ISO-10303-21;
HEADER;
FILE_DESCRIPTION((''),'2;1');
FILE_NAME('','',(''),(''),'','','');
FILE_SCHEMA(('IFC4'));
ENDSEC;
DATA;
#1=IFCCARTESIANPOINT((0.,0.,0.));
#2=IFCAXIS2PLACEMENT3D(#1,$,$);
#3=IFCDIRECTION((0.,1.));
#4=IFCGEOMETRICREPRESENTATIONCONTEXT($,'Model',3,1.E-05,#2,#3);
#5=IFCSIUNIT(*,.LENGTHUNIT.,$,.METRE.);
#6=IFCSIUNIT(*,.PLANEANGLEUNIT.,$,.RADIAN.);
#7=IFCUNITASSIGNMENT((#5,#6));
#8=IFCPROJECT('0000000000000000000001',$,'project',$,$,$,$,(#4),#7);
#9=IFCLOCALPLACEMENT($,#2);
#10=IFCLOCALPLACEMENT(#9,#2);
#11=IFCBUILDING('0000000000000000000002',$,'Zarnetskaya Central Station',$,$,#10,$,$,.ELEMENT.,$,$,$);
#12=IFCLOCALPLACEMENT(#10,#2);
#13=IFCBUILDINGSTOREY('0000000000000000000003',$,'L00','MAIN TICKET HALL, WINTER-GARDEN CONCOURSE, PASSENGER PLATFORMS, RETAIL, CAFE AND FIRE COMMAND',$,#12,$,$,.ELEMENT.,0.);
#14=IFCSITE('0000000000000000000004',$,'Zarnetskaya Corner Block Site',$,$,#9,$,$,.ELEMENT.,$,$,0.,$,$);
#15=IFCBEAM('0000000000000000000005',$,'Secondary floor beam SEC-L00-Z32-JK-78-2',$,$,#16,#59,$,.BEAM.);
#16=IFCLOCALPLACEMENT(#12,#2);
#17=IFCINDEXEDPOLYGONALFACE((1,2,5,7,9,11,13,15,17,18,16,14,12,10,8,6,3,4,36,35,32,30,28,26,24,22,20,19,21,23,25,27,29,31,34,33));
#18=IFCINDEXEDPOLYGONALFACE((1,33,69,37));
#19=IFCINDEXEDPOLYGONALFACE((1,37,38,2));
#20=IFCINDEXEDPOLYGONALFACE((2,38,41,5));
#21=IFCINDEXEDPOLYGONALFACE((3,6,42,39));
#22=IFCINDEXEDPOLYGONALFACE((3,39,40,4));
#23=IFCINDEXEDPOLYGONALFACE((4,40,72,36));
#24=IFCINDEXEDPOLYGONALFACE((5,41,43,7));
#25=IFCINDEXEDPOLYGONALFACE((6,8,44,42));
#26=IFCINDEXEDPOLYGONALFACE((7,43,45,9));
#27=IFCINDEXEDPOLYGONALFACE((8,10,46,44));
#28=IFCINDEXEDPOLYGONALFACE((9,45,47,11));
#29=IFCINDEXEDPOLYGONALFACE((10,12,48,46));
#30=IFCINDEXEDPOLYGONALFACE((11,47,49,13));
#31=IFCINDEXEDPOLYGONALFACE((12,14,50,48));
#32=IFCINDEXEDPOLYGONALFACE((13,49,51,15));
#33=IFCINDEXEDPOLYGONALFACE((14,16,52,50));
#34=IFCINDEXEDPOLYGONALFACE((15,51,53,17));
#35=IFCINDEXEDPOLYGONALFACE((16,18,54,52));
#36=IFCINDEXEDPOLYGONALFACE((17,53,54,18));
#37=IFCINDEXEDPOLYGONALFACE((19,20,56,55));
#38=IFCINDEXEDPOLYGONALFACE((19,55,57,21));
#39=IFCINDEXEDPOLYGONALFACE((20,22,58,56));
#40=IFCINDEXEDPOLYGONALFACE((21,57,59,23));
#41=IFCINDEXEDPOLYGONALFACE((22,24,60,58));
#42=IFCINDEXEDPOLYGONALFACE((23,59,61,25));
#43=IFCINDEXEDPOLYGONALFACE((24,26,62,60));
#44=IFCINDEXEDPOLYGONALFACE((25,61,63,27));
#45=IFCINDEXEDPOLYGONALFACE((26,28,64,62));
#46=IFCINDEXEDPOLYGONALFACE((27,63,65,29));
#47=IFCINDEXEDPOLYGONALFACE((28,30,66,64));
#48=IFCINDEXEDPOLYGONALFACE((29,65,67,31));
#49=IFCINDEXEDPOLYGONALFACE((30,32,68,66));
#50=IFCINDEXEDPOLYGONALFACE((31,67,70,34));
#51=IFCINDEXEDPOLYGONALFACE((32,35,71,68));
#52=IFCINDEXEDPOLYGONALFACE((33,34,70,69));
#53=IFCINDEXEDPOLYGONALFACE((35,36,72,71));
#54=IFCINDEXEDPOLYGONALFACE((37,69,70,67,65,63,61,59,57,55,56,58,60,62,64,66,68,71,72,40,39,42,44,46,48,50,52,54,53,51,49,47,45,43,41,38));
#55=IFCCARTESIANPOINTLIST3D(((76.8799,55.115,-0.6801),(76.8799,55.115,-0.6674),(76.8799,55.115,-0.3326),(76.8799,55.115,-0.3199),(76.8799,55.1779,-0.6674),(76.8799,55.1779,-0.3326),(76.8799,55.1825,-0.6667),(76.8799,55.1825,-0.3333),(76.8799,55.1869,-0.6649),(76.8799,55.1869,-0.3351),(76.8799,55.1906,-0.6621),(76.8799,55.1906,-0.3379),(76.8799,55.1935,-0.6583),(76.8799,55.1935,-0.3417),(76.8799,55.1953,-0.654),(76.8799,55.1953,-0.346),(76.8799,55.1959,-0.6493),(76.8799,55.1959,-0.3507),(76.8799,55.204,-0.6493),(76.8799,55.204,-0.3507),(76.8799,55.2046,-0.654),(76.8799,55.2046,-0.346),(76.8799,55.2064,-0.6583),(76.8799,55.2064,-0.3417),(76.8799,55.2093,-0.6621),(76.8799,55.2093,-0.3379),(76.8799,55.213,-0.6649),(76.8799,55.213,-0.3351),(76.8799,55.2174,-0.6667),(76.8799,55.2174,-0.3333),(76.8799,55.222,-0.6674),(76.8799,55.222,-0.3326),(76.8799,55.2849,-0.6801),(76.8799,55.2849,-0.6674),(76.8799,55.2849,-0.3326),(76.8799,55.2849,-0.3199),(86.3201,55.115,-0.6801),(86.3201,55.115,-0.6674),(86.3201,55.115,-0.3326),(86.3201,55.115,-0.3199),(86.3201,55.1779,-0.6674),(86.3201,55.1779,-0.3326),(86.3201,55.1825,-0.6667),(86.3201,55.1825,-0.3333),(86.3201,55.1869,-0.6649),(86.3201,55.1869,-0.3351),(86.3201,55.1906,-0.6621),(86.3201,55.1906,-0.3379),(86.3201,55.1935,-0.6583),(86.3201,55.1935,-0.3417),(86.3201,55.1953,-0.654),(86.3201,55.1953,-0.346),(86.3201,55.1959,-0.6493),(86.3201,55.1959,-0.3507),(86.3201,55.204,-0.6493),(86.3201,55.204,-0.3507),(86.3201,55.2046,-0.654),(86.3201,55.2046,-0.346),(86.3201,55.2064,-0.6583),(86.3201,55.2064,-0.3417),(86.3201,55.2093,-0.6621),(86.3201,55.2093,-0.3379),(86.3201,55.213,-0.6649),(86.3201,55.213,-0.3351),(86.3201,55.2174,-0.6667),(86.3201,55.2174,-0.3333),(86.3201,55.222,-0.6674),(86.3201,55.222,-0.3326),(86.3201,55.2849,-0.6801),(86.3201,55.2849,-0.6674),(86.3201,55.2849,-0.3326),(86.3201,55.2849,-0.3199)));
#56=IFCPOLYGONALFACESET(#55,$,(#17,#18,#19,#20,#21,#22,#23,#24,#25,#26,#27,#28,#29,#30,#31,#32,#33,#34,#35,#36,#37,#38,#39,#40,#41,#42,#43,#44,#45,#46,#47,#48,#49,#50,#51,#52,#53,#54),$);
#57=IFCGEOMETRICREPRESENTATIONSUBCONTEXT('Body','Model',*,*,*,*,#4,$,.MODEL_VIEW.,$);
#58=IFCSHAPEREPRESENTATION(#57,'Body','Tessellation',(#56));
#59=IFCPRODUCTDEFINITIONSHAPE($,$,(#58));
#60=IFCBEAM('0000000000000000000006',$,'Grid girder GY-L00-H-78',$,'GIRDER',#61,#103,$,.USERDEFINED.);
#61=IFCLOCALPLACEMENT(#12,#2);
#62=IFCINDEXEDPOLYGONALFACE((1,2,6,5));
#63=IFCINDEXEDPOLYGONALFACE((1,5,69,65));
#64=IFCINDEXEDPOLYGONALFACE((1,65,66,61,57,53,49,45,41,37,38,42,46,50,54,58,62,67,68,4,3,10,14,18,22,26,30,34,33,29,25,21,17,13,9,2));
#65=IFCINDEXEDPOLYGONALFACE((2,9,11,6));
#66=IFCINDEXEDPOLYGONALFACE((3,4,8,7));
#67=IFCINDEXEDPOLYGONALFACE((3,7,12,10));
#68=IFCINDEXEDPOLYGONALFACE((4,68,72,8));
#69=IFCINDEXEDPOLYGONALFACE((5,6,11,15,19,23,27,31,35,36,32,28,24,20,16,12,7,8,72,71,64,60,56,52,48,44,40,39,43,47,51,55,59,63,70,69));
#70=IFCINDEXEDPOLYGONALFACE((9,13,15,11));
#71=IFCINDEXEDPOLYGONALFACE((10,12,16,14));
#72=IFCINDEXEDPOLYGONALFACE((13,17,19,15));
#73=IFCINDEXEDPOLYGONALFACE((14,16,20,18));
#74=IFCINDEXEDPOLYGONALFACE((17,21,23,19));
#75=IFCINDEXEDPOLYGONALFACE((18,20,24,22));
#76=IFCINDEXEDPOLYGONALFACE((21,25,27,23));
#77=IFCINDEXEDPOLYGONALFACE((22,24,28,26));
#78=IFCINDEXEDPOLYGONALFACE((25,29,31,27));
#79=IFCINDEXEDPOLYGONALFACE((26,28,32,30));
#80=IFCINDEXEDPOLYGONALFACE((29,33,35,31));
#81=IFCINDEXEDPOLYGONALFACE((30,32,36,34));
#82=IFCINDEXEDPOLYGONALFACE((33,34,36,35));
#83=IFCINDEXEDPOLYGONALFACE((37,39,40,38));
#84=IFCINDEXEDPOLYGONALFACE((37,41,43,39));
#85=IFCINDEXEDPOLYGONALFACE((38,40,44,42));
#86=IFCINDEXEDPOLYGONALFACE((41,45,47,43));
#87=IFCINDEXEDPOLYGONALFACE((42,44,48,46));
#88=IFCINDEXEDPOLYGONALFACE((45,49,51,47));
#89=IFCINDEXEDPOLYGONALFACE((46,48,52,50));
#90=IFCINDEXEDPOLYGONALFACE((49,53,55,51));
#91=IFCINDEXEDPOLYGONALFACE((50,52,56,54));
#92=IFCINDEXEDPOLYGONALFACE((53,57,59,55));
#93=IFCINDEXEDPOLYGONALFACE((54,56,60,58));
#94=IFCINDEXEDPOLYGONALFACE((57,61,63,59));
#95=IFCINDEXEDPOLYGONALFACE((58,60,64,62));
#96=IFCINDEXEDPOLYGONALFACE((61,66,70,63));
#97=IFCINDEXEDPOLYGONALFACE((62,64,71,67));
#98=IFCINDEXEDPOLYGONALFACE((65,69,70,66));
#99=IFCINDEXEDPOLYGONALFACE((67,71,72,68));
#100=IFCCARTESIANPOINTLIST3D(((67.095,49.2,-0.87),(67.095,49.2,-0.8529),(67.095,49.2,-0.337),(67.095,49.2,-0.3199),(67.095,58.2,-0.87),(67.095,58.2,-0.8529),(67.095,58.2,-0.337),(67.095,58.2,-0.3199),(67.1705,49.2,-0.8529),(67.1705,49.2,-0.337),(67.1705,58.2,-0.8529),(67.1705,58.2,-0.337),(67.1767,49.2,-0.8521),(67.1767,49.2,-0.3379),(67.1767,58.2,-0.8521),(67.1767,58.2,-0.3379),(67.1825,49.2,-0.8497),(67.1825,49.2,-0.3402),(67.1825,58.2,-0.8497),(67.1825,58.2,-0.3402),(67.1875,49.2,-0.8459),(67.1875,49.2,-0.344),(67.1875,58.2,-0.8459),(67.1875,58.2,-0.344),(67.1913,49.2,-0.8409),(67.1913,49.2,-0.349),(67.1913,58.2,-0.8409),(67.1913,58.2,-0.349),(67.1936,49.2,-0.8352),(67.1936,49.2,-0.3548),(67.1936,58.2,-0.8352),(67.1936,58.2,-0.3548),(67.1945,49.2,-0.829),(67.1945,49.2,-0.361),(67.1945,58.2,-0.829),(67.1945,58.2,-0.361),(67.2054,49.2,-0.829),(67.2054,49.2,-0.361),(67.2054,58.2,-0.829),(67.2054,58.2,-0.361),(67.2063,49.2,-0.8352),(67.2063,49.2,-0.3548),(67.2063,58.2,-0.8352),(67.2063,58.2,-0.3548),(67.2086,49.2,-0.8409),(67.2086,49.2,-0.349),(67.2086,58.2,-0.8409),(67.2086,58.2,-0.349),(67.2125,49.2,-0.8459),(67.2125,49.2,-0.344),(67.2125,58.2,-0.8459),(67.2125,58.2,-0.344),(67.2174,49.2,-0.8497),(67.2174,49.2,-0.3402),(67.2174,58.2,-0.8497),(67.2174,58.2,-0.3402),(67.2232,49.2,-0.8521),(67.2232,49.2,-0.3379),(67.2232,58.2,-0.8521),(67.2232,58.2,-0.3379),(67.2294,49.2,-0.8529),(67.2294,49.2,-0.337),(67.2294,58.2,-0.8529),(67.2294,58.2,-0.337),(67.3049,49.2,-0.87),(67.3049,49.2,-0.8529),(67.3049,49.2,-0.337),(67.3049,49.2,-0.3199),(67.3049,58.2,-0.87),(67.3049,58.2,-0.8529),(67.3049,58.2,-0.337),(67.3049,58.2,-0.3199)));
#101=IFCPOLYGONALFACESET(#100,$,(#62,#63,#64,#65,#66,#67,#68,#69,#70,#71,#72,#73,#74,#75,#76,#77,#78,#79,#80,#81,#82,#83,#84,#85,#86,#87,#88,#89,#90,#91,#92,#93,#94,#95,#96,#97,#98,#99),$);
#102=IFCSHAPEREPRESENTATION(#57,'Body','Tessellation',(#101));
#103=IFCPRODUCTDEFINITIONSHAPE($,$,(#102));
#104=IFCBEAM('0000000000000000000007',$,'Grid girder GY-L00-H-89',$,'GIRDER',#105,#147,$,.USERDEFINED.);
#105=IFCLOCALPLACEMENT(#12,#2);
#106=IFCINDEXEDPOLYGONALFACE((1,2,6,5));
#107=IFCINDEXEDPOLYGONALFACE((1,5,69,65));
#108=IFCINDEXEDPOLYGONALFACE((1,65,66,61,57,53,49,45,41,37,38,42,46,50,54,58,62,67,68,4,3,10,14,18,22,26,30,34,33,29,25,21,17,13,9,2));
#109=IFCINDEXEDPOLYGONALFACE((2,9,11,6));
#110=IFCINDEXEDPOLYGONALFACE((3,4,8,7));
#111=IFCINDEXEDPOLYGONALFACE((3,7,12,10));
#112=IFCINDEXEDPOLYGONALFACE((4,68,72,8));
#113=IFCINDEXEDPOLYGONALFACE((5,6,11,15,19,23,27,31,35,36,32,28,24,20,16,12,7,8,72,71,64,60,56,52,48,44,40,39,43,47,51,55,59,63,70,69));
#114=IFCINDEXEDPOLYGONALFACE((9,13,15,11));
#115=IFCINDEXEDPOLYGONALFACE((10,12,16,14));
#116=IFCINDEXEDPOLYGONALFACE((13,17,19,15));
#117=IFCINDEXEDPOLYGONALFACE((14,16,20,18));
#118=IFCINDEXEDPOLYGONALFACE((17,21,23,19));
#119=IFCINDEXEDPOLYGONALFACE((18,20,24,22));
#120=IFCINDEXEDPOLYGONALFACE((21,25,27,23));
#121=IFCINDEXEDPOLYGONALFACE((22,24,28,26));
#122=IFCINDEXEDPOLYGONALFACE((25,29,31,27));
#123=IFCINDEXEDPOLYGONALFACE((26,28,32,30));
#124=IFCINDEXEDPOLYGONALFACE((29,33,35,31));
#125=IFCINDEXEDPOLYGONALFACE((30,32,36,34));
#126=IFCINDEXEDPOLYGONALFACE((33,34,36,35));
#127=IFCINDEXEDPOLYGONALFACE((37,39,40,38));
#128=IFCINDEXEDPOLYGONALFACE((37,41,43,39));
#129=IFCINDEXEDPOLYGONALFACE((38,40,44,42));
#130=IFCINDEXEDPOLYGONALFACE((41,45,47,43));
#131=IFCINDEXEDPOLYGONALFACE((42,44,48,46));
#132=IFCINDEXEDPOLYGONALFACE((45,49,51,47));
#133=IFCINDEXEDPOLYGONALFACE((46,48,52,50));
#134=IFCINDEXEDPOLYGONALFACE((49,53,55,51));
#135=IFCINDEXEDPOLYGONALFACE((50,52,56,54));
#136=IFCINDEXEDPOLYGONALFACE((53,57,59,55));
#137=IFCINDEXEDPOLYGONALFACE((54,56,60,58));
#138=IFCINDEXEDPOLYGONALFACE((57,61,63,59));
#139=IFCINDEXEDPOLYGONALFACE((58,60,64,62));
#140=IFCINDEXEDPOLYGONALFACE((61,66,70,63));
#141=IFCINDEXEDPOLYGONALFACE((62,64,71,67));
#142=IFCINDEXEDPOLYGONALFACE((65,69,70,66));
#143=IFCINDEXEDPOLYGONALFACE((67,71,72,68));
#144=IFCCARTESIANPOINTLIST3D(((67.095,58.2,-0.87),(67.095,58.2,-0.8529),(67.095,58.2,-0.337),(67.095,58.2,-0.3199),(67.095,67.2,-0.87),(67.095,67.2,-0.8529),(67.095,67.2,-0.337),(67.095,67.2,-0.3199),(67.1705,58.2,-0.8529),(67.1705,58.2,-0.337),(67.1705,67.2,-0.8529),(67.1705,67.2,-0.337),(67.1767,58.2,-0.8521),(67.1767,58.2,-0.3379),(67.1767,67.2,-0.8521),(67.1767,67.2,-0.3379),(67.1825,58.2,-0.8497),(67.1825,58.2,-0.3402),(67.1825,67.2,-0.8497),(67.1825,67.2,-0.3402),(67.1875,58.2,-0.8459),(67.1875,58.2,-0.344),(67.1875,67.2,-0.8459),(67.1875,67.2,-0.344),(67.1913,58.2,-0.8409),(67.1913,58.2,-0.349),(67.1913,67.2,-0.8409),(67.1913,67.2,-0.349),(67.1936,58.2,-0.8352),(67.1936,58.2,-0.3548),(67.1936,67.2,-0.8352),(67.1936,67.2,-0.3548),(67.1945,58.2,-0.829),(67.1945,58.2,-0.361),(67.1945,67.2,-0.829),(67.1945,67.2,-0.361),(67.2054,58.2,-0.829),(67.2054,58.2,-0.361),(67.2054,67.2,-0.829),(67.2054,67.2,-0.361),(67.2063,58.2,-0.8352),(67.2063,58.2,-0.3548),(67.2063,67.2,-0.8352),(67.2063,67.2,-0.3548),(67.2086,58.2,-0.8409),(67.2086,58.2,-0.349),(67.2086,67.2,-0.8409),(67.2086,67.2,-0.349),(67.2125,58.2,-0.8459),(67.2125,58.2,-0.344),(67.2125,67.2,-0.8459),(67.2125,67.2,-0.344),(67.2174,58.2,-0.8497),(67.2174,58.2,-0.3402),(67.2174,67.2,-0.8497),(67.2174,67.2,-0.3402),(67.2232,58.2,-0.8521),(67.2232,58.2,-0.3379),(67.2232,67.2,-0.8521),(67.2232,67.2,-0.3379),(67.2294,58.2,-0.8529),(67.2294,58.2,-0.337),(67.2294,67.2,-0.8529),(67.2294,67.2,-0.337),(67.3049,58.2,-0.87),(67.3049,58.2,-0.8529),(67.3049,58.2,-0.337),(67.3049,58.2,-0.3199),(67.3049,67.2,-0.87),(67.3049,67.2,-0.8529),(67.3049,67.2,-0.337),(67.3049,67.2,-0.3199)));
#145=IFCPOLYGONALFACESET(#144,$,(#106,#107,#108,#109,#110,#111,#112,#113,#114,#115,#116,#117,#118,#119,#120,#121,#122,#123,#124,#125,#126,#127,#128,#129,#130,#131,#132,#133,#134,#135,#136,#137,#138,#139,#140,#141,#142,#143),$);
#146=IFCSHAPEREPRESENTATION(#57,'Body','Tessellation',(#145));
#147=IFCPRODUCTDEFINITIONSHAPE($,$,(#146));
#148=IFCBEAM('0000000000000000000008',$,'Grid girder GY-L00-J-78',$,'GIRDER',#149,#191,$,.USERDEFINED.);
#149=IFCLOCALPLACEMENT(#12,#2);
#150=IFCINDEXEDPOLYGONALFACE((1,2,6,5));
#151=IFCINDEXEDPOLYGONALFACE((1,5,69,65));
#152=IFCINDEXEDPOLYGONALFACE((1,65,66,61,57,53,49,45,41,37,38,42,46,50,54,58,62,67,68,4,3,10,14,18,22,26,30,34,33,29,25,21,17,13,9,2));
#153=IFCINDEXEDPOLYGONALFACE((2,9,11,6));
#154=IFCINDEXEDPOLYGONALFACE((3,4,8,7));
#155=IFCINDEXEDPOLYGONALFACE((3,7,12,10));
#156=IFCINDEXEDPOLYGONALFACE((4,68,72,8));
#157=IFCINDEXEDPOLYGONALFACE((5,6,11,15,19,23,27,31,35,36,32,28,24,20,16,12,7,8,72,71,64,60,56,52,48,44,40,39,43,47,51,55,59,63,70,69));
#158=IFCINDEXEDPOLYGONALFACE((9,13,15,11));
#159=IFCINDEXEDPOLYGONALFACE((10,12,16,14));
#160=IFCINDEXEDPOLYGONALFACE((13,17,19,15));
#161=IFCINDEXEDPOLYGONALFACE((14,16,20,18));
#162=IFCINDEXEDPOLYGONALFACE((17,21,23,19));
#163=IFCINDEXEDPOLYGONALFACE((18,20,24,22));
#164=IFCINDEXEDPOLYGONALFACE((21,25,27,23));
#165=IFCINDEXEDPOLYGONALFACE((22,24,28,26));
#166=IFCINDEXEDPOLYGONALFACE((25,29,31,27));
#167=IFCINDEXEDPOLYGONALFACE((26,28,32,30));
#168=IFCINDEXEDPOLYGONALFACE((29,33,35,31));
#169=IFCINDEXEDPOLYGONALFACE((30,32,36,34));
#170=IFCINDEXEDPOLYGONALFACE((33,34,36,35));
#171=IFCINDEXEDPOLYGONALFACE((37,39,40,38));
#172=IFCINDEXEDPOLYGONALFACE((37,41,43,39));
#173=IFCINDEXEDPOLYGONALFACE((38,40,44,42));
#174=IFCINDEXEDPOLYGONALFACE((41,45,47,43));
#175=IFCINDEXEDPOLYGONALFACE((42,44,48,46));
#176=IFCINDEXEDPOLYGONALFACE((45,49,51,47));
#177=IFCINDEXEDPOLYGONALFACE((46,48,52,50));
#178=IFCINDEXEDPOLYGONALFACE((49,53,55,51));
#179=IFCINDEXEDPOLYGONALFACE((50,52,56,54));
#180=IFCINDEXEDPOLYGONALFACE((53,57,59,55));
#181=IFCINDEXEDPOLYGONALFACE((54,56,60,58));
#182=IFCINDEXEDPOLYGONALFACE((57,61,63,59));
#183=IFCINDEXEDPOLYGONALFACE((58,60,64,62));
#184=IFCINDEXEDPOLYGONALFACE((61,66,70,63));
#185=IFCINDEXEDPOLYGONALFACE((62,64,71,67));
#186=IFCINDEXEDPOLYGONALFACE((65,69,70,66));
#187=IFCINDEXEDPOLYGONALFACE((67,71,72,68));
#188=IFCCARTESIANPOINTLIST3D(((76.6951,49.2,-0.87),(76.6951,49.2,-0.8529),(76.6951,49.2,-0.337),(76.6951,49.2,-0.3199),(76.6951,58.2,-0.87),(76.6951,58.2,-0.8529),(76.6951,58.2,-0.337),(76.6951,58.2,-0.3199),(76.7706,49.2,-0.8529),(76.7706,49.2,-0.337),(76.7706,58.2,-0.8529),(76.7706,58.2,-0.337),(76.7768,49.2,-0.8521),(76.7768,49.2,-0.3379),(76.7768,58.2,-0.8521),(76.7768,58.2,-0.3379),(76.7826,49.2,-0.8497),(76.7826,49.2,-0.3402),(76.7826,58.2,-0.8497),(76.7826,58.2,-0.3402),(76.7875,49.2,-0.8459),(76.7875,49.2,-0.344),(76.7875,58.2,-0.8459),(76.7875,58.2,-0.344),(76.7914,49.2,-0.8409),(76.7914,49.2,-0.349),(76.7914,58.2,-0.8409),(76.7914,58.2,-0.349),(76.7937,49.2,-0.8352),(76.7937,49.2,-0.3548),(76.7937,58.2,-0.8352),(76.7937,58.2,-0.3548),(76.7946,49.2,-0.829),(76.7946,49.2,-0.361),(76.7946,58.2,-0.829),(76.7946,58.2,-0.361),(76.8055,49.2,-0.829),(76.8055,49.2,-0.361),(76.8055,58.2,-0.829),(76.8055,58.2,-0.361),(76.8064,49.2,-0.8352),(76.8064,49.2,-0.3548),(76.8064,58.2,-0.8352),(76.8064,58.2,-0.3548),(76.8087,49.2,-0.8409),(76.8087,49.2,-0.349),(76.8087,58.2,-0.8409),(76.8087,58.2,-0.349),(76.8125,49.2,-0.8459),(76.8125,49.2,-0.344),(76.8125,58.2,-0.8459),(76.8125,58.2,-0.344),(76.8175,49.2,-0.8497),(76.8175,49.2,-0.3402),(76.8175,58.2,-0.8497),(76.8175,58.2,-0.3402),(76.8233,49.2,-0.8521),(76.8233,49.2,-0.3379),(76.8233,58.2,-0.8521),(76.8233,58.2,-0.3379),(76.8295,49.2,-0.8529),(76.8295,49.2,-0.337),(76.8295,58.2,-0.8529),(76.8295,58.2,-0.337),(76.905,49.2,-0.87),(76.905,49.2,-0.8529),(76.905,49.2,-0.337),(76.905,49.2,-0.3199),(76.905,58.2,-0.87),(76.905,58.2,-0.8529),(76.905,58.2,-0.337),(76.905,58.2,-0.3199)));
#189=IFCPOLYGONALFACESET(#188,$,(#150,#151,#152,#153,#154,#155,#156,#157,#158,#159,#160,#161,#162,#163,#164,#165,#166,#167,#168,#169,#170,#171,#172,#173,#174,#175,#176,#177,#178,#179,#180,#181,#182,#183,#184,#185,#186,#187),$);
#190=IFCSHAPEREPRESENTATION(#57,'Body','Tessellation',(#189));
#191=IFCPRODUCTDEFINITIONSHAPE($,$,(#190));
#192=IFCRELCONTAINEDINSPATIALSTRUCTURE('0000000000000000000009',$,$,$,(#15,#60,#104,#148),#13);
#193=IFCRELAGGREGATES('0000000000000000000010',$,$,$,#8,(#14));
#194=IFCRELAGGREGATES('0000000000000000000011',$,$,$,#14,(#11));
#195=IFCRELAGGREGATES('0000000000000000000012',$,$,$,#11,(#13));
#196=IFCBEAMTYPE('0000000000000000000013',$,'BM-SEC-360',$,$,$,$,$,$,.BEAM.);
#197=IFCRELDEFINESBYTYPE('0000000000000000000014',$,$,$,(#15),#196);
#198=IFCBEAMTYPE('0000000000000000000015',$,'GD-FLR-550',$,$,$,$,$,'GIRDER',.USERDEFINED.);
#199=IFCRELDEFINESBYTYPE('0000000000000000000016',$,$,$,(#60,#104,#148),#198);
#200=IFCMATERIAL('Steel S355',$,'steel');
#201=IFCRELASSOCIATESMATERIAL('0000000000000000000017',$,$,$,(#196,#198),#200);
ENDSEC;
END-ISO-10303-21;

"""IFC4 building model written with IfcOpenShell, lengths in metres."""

from ifc_helpers import new_model, si_unit, direction, frame, origin, origin_2d, place, context, subcontext, project, spatial, i_section, extrude, material, material_profile, profile_set, type_object, element, save


model = new_model("IFC4")

# Units and contexts
model_context = context("Model", 3, precision=1e-05, world=origin(), true_north=direction((0.0, 1.0)))
body_context = subcontext(model_context, "Body", "Model", "MODEL_VIEW")
ifc_project = project(units=[si_unit("LENGTHUNIT", "METRE"), si_unit("PLANEANGLEUNIT", "RADIAN")], contexts=[model_context])

# Site, building, storey
site_placement = place(None, origin())
site = spatial("IfcSite", under=ifc_project, at=site_placement, Name="Zarnetskaya Corner Block Site", CompositionType="ELEMENT", RefElevation=0.0)
building_placement = place(site_placement, origin())
building = spatial("IfcBuilding", under=site, at=building_placement, Name="Zarnetskaya Central Station", CompositionType="ELEMENT")
storey_placement = place(building_placement, origin())
storey = spatial("IfcBuildingStorey", under=building, at=storey_placement, Name="L00", Description="MAIN TICKET HALL, WINTER-GARDEN CONCOURSE, PASSENGER PLATFORMS, RETAIL, CAFE AND FIRE COMMAND", CompositionType="ELEMENT", Elevation=0.0)

# Shared definitions
ifc_material_1 = material(Name="Steel S355", Category="steel")

# Beams
ifc_material_profile_1 = material_profile(ifc_material_1, i_section(OverallWidth=0.1699, OverallDepth=0.3601, WebThickness=0.0081, FlangeThickness=0.0127, FilletRadius=0.0181, at=origin_2d()), Name="IPE 360")
ifc_profile_set_1 = profile_set([ifc_material_profile_1], Name="Steel S355")
beam_type_1 = type_object("IfcBeamType", Name="BM-SEC-360", PredefinedType="BEAM", material=ifc_profile_set_1)
for number, where, z_axis, x_axis, name in (
    (1, (76.8799, 55.2, -0.5), (1.0, 0.0, 0.0), (0.0, 1.0, 0.0), "Secondary floor beam SEC-L00-Z32-JK-78-2"),
):
    element("IfcBeam", number, at=place(storey_placement, frame(where, z_axis=z_axis, x_axis=x_axis)), inside=storey, type_object=beam_type_1, Name=name, PredefinedType="BEAM", context=body_context, shape_type="SweptSolid", body=[
        extrude(i_section(OverallWidth=0.1699, OverallDepth=0.3601, WebThickness=0.0081, FlangeThickness=0.0127, FilletRadius=0.0181, at=origin_2d()), origin(), (0.0, 0.0, 1.0), 9.4402),
    ])
ifc_material_profile_2 = material_profile(ifc_material_1, i_section(OverallWidth=0.21, OverallDepth=0.55, WebThickness=0.011, FlangeThickness=0.0171, FilletRadius=0.0239, at=origin_2d()), Name="IPE 550")
ifc_profile_set_2 = profile_set([ifc_material_profile_2], Name="Steel S355")
beam_type_2 = type_object("IfcBeamType", Name="GD-FLR-550", ElementType="GIRDER", PredefinedType="USERDEFINED", material=ifc_profile_set_2)
for number, where, z_axis, x_axis, name in (
    (2, (67.2, 49.2, -0.595), (0.0, 1.0, 0.0), (-1.0, 0.0, 0.0), "Grid girder GY-L00-H-78"),
    (3, (67.2, 58.2, -0.595), (0.0, 1.0, 0.0), (-1.0, 0.0, 0.0), "Grid girder GY-L00-H-89"),
    (4, (76.8, 49.2, -0.595), (0.0, 1.0, 0.0), (-1.0, 0.0, 0.0), "Grid girder GY-L00-J-78"),
):
    element("IfcBeam", number, at=place(storey_placement, frame(where, z_axis=z_axis, x_axis=x_axis)), inside=storey, type_object=beam_type_2, Name=name, ObjectType="GIRDER", PredefinedType="USERDEFINED", context=body_context, shape_type="SweptSolid", body=[
        extrude(i_section(OverallWidth=0.21, OverallDepth=0.55, WebThickness=0.011, FlangeThickness=0.0171, FilletRadius=0.0239, at=origin_2d()), origin(), (0.0, 0.0, 1.0), 9.0),
    ])

save(model, "model.ifc")
